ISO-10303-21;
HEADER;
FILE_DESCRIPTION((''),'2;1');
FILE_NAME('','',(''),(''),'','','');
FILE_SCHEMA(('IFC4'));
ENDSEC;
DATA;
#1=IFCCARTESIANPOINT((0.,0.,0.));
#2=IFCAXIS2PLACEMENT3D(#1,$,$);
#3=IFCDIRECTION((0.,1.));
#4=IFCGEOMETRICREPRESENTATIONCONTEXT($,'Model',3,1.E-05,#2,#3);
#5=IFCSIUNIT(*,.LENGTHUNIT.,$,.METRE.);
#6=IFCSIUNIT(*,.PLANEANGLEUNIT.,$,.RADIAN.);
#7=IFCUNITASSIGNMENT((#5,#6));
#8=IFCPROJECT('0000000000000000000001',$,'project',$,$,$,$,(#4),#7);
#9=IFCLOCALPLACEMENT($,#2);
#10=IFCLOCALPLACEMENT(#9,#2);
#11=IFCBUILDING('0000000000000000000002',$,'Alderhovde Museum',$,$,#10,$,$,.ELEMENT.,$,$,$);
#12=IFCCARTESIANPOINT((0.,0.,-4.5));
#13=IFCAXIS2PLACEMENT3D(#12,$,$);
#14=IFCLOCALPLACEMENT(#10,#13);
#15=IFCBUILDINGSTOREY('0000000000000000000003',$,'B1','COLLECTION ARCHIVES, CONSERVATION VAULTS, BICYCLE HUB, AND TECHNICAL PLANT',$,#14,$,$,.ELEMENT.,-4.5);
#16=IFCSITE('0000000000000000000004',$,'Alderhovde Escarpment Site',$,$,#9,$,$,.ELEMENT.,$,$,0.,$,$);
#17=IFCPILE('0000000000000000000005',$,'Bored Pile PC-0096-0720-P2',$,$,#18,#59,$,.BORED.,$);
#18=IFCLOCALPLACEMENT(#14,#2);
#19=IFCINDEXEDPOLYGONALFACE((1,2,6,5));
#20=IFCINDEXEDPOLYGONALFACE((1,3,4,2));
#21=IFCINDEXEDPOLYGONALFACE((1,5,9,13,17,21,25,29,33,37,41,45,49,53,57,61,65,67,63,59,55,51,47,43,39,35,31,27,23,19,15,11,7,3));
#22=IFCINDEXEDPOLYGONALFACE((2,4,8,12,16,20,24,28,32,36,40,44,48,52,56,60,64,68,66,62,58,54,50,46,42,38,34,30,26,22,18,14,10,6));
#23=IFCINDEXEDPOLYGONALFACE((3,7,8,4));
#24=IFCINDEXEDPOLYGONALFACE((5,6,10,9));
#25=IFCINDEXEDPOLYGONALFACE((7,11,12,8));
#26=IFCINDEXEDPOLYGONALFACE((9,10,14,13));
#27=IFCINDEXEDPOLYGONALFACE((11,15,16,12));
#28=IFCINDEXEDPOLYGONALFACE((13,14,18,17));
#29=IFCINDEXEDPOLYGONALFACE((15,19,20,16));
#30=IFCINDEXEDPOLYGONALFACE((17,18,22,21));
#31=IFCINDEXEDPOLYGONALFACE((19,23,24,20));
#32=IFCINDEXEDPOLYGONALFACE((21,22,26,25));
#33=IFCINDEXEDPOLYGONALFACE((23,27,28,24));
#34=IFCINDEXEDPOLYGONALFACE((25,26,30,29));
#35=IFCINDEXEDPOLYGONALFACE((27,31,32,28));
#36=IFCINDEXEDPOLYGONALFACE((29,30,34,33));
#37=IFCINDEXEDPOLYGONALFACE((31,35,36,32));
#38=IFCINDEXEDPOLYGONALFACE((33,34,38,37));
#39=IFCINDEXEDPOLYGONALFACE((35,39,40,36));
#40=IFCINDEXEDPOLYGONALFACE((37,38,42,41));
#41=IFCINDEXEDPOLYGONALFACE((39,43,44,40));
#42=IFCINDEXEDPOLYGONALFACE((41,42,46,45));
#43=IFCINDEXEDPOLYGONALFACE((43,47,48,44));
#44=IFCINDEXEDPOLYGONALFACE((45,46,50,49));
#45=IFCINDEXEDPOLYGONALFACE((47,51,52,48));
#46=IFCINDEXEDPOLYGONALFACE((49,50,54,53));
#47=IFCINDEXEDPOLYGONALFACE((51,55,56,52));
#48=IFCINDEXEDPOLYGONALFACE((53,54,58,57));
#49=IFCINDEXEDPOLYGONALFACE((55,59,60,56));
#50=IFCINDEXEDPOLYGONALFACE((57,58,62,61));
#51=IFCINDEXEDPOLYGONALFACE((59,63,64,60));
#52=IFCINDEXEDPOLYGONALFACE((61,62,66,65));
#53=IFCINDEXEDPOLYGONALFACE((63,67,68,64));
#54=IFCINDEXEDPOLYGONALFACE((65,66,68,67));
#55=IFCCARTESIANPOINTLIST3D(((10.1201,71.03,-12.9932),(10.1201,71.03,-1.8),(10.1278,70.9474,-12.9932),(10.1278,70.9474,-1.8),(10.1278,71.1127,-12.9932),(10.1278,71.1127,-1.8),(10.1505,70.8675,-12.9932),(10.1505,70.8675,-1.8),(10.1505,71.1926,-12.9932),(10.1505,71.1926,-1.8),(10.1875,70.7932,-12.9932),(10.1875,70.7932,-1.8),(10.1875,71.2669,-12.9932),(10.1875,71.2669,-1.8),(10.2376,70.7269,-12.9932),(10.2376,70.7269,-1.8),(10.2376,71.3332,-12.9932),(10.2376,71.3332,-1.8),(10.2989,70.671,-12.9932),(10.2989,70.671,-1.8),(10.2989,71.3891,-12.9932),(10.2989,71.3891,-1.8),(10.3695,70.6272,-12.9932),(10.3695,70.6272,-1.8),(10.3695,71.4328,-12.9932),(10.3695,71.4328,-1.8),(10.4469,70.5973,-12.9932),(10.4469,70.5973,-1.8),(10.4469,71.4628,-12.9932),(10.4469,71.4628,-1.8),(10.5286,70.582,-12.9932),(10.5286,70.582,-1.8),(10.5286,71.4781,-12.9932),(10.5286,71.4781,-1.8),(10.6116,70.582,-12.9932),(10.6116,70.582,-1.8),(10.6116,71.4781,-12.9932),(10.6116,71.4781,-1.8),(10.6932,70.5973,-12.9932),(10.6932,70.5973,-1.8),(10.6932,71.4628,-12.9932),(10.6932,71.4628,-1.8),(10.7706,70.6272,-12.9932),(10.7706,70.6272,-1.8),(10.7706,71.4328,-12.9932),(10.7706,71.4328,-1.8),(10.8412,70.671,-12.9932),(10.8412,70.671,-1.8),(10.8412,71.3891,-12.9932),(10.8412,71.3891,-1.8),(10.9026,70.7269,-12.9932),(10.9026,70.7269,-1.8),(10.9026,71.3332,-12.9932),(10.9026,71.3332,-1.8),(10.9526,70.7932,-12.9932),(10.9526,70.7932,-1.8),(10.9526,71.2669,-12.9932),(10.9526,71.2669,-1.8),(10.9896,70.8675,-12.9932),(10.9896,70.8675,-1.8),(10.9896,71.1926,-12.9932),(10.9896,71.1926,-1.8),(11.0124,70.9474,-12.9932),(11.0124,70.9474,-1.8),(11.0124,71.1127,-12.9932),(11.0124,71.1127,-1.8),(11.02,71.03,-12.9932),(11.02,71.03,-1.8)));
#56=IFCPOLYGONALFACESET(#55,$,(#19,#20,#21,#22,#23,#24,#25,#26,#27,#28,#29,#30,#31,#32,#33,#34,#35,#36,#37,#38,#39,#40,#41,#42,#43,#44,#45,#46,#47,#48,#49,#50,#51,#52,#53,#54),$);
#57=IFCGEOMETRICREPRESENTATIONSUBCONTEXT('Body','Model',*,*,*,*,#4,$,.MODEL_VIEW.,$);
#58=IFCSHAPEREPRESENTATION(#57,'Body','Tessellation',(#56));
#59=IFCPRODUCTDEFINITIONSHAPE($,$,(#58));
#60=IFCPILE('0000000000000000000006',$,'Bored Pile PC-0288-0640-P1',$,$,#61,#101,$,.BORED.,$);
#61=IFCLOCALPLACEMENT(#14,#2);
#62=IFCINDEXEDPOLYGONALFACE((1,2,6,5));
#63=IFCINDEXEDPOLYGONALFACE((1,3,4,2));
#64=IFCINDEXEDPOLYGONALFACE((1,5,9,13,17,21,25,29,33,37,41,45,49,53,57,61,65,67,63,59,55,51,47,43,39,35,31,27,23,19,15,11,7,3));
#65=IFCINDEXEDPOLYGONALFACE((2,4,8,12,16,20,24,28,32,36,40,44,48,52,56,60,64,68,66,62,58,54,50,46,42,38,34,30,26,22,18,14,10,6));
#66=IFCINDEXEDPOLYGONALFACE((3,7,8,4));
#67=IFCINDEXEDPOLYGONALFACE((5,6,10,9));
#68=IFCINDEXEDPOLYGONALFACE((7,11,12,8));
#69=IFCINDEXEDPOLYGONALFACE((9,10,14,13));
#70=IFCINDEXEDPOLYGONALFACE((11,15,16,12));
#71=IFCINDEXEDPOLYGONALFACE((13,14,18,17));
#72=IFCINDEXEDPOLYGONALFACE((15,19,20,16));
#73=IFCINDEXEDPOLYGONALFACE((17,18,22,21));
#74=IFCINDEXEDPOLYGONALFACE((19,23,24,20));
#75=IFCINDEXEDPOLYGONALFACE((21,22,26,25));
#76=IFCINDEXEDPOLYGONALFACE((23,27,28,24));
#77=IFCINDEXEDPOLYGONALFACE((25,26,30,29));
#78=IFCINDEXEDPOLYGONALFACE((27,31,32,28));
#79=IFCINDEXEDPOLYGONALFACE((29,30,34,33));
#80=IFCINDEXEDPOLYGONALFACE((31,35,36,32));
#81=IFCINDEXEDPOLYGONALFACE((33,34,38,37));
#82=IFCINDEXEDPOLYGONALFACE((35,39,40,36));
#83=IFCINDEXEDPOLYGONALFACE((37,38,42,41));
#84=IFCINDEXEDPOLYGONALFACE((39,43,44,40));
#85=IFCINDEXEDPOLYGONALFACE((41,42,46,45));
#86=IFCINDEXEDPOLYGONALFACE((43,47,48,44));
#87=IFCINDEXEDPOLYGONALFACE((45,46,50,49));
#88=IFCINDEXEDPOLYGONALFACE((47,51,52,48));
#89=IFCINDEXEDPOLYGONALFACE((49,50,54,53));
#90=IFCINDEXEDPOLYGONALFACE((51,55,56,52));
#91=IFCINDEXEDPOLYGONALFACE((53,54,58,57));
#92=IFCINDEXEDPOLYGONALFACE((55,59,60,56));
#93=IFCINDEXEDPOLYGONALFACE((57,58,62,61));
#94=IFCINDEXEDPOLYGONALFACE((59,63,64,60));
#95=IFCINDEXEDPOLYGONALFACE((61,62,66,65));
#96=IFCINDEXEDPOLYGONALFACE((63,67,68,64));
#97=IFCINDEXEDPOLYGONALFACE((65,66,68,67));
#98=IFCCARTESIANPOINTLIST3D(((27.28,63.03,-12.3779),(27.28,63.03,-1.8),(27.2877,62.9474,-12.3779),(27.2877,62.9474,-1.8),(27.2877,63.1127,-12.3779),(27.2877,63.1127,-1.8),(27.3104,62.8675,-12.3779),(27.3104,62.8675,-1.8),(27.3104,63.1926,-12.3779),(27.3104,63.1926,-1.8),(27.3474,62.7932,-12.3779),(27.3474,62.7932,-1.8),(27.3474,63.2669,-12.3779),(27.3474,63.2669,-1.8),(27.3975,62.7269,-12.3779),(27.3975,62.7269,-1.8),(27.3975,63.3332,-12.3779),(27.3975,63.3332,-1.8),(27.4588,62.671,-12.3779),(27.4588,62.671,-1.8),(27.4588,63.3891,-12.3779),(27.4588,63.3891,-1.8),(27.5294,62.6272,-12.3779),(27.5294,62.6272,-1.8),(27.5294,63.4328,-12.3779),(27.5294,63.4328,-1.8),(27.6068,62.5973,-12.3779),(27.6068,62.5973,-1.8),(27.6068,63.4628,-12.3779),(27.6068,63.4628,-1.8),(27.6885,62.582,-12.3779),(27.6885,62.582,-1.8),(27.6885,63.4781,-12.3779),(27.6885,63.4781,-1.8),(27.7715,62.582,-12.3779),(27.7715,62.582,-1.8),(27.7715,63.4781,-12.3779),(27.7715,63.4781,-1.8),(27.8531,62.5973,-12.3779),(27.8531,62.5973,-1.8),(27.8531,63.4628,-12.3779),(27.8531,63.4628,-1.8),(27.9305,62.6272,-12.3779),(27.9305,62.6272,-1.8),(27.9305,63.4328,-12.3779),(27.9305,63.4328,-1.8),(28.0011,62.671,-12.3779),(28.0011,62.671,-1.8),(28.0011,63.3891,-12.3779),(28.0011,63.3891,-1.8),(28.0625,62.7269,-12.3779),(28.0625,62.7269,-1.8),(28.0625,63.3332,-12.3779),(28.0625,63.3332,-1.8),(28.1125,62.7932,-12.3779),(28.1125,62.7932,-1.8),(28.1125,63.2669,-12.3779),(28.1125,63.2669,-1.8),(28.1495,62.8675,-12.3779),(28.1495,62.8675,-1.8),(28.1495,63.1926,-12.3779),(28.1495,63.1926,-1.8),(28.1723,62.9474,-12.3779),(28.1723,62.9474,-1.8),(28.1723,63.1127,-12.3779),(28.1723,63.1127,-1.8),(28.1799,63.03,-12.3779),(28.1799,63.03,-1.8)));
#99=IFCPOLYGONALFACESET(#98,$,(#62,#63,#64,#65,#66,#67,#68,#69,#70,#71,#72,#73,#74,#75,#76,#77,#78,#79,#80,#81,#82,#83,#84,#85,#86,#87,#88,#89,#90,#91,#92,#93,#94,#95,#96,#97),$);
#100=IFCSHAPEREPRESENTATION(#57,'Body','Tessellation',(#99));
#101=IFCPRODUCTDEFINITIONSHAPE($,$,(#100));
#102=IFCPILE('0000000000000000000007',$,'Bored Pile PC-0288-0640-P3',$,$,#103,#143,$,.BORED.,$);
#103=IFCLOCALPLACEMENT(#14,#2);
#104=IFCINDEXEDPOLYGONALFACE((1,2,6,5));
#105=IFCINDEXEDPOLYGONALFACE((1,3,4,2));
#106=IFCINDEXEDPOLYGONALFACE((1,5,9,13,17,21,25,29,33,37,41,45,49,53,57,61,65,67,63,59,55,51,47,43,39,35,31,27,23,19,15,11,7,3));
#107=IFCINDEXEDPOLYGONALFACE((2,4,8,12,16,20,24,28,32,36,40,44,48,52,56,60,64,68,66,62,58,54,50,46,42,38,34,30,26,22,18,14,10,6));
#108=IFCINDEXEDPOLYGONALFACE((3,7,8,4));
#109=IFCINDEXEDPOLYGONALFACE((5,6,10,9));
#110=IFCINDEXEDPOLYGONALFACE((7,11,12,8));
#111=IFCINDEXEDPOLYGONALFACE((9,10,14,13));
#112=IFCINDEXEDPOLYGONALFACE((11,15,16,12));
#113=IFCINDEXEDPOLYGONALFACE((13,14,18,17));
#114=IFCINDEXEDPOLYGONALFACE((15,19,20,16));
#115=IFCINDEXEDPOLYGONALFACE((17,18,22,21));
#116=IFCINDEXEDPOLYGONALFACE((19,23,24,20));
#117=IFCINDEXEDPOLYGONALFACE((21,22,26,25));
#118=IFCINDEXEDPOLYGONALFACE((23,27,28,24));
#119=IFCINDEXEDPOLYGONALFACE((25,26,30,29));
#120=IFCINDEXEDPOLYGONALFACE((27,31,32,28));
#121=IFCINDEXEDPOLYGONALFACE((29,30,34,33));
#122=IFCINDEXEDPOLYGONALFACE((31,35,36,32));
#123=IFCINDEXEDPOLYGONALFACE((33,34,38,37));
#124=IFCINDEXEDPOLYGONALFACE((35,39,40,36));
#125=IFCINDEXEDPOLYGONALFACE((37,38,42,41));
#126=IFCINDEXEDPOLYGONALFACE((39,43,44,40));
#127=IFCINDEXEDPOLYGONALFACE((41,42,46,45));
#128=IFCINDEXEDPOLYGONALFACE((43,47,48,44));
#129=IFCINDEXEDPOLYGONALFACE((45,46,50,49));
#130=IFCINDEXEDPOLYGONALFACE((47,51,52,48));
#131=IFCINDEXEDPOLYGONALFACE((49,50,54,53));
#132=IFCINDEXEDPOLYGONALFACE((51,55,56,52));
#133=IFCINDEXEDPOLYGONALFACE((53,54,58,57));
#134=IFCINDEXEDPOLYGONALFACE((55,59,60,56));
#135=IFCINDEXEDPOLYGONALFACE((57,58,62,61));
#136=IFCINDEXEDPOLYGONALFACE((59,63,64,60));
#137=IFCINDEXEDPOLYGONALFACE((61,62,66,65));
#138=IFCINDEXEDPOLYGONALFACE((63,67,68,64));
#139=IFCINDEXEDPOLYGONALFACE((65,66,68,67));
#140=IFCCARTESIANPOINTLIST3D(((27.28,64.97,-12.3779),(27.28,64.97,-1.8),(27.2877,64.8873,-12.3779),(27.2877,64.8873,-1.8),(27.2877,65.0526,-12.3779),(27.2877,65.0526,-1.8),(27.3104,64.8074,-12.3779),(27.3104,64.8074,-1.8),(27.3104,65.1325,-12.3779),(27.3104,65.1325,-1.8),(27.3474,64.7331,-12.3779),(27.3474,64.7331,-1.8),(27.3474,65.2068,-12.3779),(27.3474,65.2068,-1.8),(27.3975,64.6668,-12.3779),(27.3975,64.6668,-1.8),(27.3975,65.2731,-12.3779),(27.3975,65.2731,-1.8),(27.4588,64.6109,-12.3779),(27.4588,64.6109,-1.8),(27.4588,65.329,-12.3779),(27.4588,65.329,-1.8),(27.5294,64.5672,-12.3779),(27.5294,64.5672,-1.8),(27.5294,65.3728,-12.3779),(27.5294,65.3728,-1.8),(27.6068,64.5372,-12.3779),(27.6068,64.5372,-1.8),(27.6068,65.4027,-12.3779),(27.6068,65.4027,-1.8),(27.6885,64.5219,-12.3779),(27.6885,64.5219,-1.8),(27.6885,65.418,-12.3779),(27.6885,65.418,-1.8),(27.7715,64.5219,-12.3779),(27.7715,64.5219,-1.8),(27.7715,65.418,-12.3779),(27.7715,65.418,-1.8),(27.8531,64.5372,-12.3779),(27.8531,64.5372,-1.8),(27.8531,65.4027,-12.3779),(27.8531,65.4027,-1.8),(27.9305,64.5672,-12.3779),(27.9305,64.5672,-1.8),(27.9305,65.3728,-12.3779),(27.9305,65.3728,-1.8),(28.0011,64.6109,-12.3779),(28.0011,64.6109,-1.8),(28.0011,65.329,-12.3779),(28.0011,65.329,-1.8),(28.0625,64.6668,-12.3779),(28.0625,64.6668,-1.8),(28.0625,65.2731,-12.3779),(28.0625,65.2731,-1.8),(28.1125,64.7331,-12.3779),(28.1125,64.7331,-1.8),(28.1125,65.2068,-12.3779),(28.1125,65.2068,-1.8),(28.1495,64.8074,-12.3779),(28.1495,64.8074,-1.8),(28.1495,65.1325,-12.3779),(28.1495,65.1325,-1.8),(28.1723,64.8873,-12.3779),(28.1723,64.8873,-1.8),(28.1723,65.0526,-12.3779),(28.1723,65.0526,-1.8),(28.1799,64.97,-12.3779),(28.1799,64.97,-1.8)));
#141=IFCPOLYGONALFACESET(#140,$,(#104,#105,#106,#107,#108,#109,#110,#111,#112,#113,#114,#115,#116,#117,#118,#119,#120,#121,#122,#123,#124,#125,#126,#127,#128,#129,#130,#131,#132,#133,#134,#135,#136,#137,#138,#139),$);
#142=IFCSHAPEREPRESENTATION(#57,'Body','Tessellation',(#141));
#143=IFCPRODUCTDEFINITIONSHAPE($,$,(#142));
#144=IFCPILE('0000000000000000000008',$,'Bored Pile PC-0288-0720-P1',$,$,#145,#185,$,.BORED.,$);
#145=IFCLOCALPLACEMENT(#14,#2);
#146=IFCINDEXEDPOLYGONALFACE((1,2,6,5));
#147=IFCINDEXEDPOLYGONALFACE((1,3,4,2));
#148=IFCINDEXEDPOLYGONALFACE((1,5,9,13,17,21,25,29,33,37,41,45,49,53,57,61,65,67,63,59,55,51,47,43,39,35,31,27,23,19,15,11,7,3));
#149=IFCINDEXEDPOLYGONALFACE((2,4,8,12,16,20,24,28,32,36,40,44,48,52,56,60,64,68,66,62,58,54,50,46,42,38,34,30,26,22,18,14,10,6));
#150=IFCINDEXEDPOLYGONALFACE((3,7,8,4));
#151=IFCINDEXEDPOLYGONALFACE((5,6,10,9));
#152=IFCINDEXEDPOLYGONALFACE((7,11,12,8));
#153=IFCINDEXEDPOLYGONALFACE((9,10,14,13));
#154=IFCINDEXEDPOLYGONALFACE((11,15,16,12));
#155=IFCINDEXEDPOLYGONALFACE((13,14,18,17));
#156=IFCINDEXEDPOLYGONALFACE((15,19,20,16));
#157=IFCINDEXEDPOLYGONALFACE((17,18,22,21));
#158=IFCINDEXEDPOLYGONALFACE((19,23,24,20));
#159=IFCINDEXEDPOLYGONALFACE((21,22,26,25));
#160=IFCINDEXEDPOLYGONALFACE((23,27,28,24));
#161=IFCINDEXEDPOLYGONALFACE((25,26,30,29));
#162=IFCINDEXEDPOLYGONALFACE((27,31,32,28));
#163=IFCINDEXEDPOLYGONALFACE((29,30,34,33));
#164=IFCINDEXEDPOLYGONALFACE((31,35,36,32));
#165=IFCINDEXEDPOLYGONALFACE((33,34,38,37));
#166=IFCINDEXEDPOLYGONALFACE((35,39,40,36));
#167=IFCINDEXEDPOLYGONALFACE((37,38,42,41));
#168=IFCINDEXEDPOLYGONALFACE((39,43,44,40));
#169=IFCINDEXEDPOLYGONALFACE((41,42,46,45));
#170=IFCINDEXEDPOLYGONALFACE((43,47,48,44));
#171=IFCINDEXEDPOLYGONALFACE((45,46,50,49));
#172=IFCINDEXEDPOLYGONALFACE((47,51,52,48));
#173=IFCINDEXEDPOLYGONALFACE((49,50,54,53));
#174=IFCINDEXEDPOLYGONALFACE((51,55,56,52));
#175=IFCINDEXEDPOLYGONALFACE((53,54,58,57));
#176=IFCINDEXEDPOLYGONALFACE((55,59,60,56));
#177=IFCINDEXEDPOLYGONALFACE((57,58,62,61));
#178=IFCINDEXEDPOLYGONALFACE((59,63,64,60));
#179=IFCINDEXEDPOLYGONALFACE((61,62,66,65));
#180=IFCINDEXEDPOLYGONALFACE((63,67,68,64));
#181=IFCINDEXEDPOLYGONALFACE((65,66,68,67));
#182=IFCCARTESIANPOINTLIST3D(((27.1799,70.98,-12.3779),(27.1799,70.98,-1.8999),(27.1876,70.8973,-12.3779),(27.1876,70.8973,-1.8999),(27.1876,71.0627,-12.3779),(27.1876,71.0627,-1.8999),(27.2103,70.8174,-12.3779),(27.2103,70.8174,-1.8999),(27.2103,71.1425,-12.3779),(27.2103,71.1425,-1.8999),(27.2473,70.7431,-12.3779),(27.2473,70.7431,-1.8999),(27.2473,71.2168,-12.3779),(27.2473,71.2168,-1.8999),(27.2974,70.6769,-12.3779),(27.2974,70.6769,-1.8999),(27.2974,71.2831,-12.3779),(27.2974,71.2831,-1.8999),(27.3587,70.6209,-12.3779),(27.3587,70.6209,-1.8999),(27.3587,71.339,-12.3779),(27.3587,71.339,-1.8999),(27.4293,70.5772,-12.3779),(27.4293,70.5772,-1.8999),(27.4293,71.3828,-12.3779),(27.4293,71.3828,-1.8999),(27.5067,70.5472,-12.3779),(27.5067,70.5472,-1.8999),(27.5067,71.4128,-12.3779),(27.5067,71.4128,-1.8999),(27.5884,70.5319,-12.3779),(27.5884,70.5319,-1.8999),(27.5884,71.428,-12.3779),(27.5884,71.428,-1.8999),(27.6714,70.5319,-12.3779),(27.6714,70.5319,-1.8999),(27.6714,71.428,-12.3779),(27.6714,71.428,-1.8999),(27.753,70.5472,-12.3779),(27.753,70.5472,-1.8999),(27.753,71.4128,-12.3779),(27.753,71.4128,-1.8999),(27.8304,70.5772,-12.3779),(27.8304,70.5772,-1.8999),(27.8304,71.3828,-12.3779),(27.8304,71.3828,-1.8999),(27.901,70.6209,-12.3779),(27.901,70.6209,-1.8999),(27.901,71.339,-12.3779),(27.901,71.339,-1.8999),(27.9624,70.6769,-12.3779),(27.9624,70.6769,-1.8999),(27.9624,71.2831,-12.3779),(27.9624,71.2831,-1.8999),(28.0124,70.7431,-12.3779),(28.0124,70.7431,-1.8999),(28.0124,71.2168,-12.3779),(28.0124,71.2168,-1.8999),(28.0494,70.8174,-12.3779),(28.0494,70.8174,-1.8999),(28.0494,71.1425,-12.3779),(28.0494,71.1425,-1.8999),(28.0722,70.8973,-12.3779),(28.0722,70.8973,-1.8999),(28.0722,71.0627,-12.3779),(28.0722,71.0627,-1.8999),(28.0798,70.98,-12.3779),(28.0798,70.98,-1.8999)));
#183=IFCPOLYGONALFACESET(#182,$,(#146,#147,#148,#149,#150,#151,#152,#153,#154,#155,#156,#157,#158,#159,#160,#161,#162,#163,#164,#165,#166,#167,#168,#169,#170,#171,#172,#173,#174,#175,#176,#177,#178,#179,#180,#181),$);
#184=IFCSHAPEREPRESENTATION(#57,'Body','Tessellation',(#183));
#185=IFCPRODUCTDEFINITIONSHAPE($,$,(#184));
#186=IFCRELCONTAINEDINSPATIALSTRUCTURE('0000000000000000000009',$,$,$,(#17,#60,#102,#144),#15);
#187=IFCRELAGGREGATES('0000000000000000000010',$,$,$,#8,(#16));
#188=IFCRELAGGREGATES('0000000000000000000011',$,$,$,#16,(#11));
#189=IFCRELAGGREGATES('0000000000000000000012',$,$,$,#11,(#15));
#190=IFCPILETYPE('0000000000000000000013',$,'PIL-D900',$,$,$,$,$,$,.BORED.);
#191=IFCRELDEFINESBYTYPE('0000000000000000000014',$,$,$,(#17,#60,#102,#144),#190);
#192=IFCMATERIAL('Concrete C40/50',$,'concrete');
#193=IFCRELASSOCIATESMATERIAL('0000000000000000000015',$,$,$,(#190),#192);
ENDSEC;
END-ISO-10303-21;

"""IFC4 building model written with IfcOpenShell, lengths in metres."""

from ifc_helpers import new_model, si_unit, direction, frame, origin, origin_2d, place, context, subcontext, project, spatial, circle, extrude, material, material_profile, profile_set, type_object, element, save


model = new_model("IFC4")

# Units and contexts
model_context = context("Model", 3, precision=1e-05, world=origin(), true_north=direction((0.0, 1.0)))
body_context = subcontext(model_context, "Body", "Model", "MODEL_VIEW")
ifc_project = project(units=[si_unit("LENGTHUNIT", "METRE"), si_unit("PLANEANGLEUNIT", "RADIAN")], contexts=[model_context])

# Site, building, storey
site_placement = place(None, origin())
site = spatial("IfcSite", under=ifc_project, at=site_placement, Name="Alderhovde Escarpment Site", CompositionType="ELEMENT", RefElevation=0.0)
building_placement = place(site_placement, origin())
building = spatial("IfcBuilding", under=site, at=building_placement, Name="Alderhovde Museum", CompositionType="ELEMENT")
storey_placement = place(building_placement, frame((0.0, 0.0, -4.5)))
storey = spatial("IfcBuildingStorey", under=building, at=storey_placement, Name="B1", Description="COLLECTION ARCHIVES, CONSERVATION VAULTS, BICYCLE HUB, AND TECHNICAL PLANT", CompositionType="ELEMENT", Elevation=-4.5)

# Piles
ifc_material_1 = material(Name="Concrete C40/50", Category="concrete")
ifc_material_profile_1 = material_profile(ifc_material_1, circle(Radius=0.45, at=origin_2d()), Name="PILE-D900")
ifc_profile_set_1 = profile_set([ifc_material_profile_1], Name="Concrete C40/50")
pile_type_1 = type_object("IfcPileType", Name="PIL-D900", PredefinedType="BORED", material=ifc_profile_set_1)
for number, where, z_axis, x_axis, name in (
    (1, (10.5701, 71.03, -1.8), (0.0, 0.0, -1.0), (1.0, 0.0, 0.0), "Bored Pile PC-0096-0720-P2"),
):
    element("IfcPile", number, at=place(storey_placement, frame(where, z_axis=z_axis, x_axis=x_axis)), inside=storey, type_object=pile_type_1, Name=name, PredefinedType="BORED", context=body_context, shape_type="SweptSolid", body=[
        extrude(circle(Radius=0.45, at=origin_2d()), origin(), (0.0, 0.0, 1.0), 11.1931),
    ])
for number, where, z_axis, x_axis, name in (
    (2, (27.73, 63.03, -1.8), (0.0, 0.0, -1.0), (1.0, 0.0, 0.0), "Bored Pile PC-0288-0640-P1"),
    (3, (27.73, 64.97, -1.8), (0.0, 0.0, -1.0), (1.0, 0.0, 0.0), "Bored Pile PC-0288-0640-P3"),
):
    element("IfcPile", number, at=place(storey_placement, frame(where, z_axis=z_axis, x_axis=x_axis)), inside=storey, type_object=pile_type_1, Name=name, PredefinedType="BORED", context=body_context, shape_type="SweptSolid", body=[
        extrude(circle(Radius=0.45, at=origin_2d()), origin(), (0.0, 0.0, 1.0), 10.5779),
    ])
pile_placement = place(storey_placement, frame((27.6299, 70.98, -1.8999), z_axis=(0.0, 0.0, -1.0), x_axis=(1.0, 0.0, 0.0)))
element("IfcPile", 4, at=pile_placement, inside=storey, type_object=pile_type_1, Name="Bored Pile PC-0288-0720-P1", PredefinedType="BORED", context=body_context, shape_type="SweptSolid", body=[
    extrude(circle(Radius=0.45, at=origin_2d()), origin(), (0.0, 0.0, 1.0), 10.478),
])

save(model, "model.ifc")
